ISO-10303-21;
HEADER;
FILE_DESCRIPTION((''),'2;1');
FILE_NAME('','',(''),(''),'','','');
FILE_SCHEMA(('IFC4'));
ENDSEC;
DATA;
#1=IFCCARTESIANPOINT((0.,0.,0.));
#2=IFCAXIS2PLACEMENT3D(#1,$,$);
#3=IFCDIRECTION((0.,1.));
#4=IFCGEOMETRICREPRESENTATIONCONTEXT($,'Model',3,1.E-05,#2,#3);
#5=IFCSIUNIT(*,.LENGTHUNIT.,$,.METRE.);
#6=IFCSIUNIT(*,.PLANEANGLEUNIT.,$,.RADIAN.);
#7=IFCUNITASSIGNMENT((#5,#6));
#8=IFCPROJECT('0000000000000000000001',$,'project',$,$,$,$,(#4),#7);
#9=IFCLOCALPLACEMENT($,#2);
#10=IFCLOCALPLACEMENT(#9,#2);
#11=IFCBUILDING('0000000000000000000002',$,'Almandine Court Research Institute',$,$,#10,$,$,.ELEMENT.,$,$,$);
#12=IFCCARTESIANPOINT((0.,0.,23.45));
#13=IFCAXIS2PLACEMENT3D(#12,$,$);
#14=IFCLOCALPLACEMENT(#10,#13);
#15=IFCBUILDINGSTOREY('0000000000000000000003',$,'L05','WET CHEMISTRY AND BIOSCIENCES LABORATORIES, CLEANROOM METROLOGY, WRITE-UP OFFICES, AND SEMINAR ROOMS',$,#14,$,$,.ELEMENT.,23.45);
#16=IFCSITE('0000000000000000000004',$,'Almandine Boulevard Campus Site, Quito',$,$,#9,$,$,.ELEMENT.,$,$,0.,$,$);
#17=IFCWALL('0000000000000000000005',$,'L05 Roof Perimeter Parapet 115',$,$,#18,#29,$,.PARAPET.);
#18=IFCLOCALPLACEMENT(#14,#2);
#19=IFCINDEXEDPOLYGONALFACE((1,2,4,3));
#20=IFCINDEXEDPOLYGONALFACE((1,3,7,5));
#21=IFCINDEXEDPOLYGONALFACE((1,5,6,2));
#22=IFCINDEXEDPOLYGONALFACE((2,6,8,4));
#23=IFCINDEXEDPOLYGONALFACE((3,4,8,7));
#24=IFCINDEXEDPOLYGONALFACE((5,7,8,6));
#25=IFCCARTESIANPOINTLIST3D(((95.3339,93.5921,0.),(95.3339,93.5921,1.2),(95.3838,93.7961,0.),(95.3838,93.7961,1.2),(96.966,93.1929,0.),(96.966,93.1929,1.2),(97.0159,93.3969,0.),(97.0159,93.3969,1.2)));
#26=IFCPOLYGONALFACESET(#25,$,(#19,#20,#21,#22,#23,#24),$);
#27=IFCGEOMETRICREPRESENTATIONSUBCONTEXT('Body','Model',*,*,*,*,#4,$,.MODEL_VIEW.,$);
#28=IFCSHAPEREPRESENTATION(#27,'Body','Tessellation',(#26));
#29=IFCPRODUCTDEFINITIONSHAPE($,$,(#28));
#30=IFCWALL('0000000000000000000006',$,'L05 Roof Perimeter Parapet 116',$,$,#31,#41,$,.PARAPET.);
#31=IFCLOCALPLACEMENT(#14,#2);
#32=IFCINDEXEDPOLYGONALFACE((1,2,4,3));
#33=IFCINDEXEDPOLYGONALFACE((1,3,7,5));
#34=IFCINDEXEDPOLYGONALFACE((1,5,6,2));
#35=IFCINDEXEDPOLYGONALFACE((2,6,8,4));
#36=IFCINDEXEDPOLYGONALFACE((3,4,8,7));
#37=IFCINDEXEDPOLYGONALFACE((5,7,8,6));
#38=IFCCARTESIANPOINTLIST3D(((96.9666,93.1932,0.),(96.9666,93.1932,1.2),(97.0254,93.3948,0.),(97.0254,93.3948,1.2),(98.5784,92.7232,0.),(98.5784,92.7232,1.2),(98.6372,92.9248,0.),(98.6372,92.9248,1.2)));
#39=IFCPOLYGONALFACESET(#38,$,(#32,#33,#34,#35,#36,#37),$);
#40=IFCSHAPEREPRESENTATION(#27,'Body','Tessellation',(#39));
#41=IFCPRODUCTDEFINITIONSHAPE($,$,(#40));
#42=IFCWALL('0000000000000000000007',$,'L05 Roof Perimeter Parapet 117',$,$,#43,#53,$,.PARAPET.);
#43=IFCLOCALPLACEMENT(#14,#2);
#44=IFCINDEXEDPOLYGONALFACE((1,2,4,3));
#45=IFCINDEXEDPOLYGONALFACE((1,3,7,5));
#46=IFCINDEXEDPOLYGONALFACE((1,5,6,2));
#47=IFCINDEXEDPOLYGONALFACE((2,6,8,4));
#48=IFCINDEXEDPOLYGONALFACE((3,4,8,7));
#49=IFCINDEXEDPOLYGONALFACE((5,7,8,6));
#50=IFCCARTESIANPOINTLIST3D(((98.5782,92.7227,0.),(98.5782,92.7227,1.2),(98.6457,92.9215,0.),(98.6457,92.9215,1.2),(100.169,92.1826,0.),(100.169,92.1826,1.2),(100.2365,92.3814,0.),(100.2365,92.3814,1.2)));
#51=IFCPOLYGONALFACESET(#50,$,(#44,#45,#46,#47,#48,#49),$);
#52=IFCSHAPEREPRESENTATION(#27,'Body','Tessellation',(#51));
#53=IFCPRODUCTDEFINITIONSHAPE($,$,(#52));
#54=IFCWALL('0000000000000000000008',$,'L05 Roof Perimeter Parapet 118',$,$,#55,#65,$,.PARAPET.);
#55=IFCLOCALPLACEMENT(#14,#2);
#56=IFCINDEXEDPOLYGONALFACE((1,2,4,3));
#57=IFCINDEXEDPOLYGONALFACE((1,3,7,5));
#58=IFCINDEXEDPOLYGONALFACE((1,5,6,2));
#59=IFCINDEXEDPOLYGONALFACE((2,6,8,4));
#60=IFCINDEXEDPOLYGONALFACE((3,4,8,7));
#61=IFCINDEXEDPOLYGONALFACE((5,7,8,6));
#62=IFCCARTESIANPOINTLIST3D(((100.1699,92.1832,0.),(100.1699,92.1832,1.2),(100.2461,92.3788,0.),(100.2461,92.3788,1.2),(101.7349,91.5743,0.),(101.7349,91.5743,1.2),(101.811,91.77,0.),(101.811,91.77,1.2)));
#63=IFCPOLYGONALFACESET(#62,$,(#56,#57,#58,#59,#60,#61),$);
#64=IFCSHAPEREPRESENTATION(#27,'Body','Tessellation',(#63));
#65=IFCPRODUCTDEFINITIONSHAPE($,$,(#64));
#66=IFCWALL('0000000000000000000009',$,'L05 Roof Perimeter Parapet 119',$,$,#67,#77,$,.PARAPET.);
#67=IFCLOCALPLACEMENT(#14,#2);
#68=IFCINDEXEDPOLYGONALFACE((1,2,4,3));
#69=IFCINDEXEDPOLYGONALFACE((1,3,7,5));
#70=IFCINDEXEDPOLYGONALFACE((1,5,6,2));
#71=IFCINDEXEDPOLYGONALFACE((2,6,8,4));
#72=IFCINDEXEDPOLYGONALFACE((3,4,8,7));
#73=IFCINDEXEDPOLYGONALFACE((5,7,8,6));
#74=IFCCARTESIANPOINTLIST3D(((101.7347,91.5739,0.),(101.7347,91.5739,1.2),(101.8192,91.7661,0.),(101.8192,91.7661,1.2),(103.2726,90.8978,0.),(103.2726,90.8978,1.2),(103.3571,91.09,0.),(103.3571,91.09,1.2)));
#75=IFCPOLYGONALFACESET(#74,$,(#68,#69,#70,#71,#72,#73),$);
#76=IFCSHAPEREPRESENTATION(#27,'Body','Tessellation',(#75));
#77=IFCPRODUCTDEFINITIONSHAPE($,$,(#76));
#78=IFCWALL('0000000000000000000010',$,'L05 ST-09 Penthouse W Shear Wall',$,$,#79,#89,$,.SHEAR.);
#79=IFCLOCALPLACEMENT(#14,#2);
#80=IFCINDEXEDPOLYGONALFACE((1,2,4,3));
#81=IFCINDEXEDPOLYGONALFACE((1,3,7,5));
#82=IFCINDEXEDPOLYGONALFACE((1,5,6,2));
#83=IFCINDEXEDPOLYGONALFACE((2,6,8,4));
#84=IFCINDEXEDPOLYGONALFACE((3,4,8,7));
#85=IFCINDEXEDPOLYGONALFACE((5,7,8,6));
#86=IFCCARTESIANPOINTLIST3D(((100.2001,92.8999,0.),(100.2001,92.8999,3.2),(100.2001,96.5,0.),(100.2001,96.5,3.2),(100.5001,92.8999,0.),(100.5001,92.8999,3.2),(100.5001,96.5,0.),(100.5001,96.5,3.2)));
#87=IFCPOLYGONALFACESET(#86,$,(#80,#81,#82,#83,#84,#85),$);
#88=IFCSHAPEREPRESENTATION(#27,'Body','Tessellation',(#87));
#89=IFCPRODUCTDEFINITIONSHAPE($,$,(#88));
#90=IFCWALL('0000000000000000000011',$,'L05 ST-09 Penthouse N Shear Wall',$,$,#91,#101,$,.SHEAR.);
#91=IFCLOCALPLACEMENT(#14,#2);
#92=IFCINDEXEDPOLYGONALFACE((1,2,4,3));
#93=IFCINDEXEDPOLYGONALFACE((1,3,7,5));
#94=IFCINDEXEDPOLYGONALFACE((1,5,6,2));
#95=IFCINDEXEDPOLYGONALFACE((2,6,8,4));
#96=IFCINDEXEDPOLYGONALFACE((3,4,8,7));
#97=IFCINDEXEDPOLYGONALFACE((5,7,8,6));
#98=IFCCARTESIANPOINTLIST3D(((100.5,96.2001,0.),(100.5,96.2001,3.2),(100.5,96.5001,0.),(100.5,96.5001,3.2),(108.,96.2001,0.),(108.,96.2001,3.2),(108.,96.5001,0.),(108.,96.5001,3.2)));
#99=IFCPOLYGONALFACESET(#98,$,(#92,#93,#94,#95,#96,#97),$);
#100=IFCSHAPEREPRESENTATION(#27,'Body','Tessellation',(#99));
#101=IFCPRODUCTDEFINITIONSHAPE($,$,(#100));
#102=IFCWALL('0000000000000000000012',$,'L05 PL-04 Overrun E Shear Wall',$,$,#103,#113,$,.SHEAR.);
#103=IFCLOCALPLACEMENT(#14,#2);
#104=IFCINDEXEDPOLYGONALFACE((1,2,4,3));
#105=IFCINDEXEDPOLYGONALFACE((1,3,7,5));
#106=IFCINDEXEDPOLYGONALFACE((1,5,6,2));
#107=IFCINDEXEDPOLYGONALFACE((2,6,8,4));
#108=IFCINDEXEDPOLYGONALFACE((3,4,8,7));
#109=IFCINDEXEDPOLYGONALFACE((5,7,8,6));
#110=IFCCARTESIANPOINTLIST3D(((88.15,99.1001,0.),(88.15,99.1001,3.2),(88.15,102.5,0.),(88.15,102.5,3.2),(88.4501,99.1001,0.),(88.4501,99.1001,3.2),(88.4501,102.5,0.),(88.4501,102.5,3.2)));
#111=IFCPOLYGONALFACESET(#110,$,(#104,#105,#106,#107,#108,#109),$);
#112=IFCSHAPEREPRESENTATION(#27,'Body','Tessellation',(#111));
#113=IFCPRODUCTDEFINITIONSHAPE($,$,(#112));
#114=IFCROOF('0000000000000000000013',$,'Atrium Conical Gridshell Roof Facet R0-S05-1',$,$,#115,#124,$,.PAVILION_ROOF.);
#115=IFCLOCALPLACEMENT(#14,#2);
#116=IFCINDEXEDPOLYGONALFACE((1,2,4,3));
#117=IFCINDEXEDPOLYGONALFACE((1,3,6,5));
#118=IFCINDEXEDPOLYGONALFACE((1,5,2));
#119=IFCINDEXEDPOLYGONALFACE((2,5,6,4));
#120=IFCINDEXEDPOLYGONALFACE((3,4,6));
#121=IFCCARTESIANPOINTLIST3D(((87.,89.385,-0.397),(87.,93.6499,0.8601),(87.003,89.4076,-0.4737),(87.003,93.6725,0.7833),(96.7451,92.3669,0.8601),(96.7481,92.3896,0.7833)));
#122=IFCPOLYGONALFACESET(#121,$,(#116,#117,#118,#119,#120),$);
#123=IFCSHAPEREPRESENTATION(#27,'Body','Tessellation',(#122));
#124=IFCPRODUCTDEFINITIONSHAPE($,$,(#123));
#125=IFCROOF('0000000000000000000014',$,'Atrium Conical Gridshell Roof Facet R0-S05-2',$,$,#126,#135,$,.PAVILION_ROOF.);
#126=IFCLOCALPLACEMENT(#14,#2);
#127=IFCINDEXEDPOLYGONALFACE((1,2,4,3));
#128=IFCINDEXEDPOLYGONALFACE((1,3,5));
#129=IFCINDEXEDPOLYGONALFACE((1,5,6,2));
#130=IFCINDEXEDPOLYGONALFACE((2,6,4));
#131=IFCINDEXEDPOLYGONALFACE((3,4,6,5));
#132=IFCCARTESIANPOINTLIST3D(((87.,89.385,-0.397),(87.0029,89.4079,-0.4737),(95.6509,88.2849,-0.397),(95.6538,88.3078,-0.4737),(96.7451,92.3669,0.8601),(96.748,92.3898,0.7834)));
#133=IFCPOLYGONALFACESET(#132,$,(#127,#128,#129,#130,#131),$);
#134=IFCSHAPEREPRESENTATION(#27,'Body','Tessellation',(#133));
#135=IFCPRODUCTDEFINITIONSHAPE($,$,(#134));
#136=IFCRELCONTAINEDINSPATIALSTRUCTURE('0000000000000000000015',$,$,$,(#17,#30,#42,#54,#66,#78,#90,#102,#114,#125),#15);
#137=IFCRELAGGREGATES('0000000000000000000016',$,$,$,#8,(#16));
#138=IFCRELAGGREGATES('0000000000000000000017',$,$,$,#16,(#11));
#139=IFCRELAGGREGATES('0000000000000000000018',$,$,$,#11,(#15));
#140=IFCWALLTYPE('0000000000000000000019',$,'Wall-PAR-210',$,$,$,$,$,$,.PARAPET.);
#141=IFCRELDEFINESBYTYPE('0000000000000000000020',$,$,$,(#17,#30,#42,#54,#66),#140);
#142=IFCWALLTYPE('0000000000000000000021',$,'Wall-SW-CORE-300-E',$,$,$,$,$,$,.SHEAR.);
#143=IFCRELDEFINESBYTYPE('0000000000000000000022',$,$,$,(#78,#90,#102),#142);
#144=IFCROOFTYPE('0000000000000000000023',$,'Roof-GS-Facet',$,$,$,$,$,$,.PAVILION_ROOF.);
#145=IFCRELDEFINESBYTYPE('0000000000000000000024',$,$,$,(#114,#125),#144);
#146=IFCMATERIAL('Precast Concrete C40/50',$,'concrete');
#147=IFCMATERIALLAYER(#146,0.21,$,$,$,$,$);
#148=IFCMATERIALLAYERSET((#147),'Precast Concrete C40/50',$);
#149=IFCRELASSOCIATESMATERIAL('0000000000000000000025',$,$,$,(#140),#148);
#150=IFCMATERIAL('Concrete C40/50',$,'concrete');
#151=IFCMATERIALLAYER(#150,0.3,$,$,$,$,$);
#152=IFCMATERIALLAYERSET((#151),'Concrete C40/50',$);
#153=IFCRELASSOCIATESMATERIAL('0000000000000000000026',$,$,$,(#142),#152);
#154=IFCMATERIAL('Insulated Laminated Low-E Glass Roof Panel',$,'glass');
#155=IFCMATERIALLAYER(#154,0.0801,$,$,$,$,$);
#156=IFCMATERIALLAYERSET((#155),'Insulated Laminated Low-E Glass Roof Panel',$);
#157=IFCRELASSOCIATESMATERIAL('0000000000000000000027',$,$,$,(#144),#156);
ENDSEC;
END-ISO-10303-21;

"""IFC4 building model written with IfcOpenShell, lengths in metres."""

from ifc_helpers import new_model, si_unit, direction, frame, frame_2d, origin, place, context, subcontext, project, spatial, polyline, rectangle, outline, extrude, material, layer, layer_set, type_object, element, save


model = new_model("IFC4")

# Units and contexts
model_context = context("Model", 3, precision=1e-05, world=origin(), true_north=direction((0.0, 1.0)))
body_context = subcontext(model_context, "Body", "Model", "MODEL_VIEW")
ifc_project = project(units=[si_unit("LENGTHUNIT", "METRE"), si_unit("PLANEANGLEUNIT", "RADIAN")], contexts=[model_context])

# Site, building, storey
site_placement = place(None, origin())
site = spatial("IfcSite", under=ifc_project, at=site_placement, Name="Almandine Boulevard Campus Site, Quito", CompositionType="ELEMENT", RefElevation=0.0)
building_placement = place(site_placement, origin())
building = spatial("IfcBuilding", under=site, at=building_placement, Name="Almandine Court Research Institute", CompositionType="ELEMENT")
storey_placement = place(building_placement, frame((0.0, 0.0, 23.45)))
storey = spatial("IfcBuildingStorey", under=building, at=storey_placement, Name="L05", Description="WET CHEMISTRY AND BIOSCIENCES LABORATORIES, CLEANROOM METROLOGY, WRITE-UP OFFICES, AND SEMINAR ROOMS", CompositionType="ELEMENT", Elevation=23.45)

# Walls
ifc_material_1 = material(Name="Precast Concrete C40/50", Category="concrete")
ifc_layer_1 = layer(ifc_material_1, 0.21)
ifc_layer_set_1 = layer_set([ifc_layer_1], Name="Precast Concrete C40/50")
wall_type_1 = type_object("IfcWallType", Name="Wall-PAR-210", PredefinedType="PARAPET", material=ifc_layer_set_1)
for number, where, z_axis, x_axis, name in (
    (1, (95.3589, 93.6941, 0.0), (0.0, 0.0, 1.0), (0.971369, -0.237575, 0.0), "L05 Roof Perimeter Parapet 115"),
):
    element("IfcWall", number, at=place(storey_placement, frame(where, z_axis=z_axis, x_axis=x_axis)), inside=storey, type_object=wall_type_1, Name=name, PredefinedType="PARAPET", context=body_context, shape_type="SweptSolid", body=[
        extrude(rectangle(XDim=1.6802, YDim=0.21, at=frame_2d((0.8401, 0.0))), origin(), (0.0, 0.0, 1.0), 1.2),
    ])
wall_1_placement = place(storey_placement, frame((96.9961, 93.2939, 0.0), z_axis=(0.0, 0.0, 1.0), x_axis=(0.960023, -0.279922, 0.0)))
element("IfcWall", 2, at=wall_1_placement, inside=storey, type_object=wall_type_1, Name="L05 Roof Perimeter Parapet 116", PredefinedType="PARAPET", context=body_context, shape_type="SweptSolid", body=[
    extrude(rectangle(XDim=1.679, YDim=0.21, at=frame_2d((0.8394, 0.0))), origin(), (0.0, 0.0, 1.0), 1.2),
])
wall_2_placement = place(storey_placement, frame((98.6121, 92.822, 0.0), z_axis=(0.0, 0.0, 1.0), x_axis=(0.946925, -0.321455, 0.0)))
element("IfcWall", 3, at=wall_2_placement, inside=storey, type_object=wall_type_1, Name="L05 Roof Perimeter Parapet 117", PredefinedType="PARAPET", context=body_context, shape_type="SweptSolid", body=[
    extrude(rectangle(XDim=1.6799, YDim=0.21, at=frame_2d((0.8398, 0.0))), origin(), (0.0, 0.0, 1.0), 1.2),
])
wall_3_placement = place(storey_placement, frame((100.208, 92.281, 0.0), z_axis=(0.0, 0.0, 1.0), x_axis=(0.931945, -0.362601, 0.0)))
element("IfcWall", 4, at=wall_3_placement, inside=storey, type_object=wall_type_1, Name="L05 Roof Perimeter Parapet 118", PredefinedType="PARAPET", context=body_context, shape_type="SweptSolid", body=[
    extrude(rectangle(XDim=1.6792, YDim=0.21, at=frame_2d((0.8396, 0.0))), origin(), (0.0, 0.0, 1.0), 1.2),
])
wall_4_placement = place(storey_placement, frame((101.7771, 91.6699, 0.0), z_axis=(0.0, 0.0, 1.0), x_axis=(0.915452, -0.402427, 0.0)))
element("IfcWall", 5, at=wall_4_placement, inside=storey, type_object=wall_type_1, Name="L05 Roof Perimeter Parapet 119", PredefinedType="PARAPET", context=body_context, shape_type="SweptSolid", body=[
    extrude(rectangle(XDim=1.6799, YDim=0.21, at=frame_2d((0.8398, 0.0))), origin(), (0.0, 0.0, 1.0), 1.2),
])
ifc_material_2 = material(Name="Concrete C40/50", Category="concrete")
ifc_layer_2 = layer(ifc_material_2, 0.3)
ifc_layer_set_2 = layer_set([ifc_layer_2], Name="Concrete C40/50")
wall_type_2 = type_object("IfcWallType", Name="Wall-SW-CORE-300-E", PredefinedType="SHEAR", material=ifc_layer_set_2)
wall_5_placement = place(storey_placement, frame((100.3501, 92.8999, 0.0), z_axis=(0.0, 0.0, 1.0), x_axis=(0.0, 1.0, 0.0)))
element("IfcWall", 6, at=wall_5_placement, inside=storey, type_object=wall_type_2, Name="L05 ST-09 Penthouse W Shear Wall", PredefinedType="SHEAR", context=body_context, shape_type="SweptSolid", body=[
    extrude(rectangle(XDim=3.6001, YDim=0.3, at=frame_2d((1.8, 0.0))), origin(), (0.0, 0.0, 1.0), 3.2),
])
wall_6_placement = place(storey_placement, frame((100.5, 96.3501, 0.0), z_axis=(0.0, 0.0, 1.0), x_axis=(1.0, 0.0, 0.0)))
element("IfcWall", 7, at=wall_6_placement, inside=storey, type_object=wall_type_2, Name="L05 ST-09 Penthouse N Shear Wall", PredefinedType="SHEAR", context=body_context, shape_type="SweptSolid", body=[
    extrude(rectangle(XDim=7.5, YDim=0.3, at=frame_2d((3.75, 0.0))), origin(), (0.0, 0.0, 1.0), 3.2),
])
wall_7_placement = place(storey_placement, frame((88.3, 102.5, 0.0), z_axis=(0.0, 0.0, 1.0), x_axis=(0.0, -1.0, 0.0)))
element("IfcWall", 8, at=wall_7_placement, inside=storey, type_object=wall_type_2, Name="L05 PL-04 Overrun E Shear Wall", PredefinedType="SHEAR", context=body_context, shape_type="SweptSolid", body=[
    extrude(rectangle(XDim=3.3999, YDim=0.3, at=frame_2d((1.7, 0.0))), origin(), (0.0, 0.0, 1.0), 3.2),
])

# Roofs
ifc_material_3 = material(Name="Insulated Laminated Low-E Glass Roof Panel", Category="glass")
ifc_layer_3 = layer(ifc_material_3, 0.0801)
ifc_layer_set_3 = layer_set([ifc_layer_3], Name="Insulated Laminated Low-E Glass Roof Panel")
roof_type = type_object("IfcRoofType", Name="Roof-GS-Facet", PredefinedType="PAVILION_ROOF", material=ifc_layer_set_3)
roof_1_placement = place(storey_placement, frame((96.7451, 92.3669, 0.8601), z_axis=(-0.037195, -0.28253, 0.958537), x_axis=(-0.991445, 0.130525, 0.0)))
element("IfcRoof", 9, at=roof_1_placement, inside=storey, type_object=roof_type, Name="Atrium Conical Gridshell Roof Facet R0-S05-1", PredefinedType="PAVILION_ROOF", context=body_context, shape_type="SweptSolid", body=[
    extrude(outline(polyline([(0.0, 0.0), (9.8292, 0.0), (9.2725, 4.4113), (0.0, 0.0)])), origin(), (0.0, 0.0, -1.0), 0.0801),
])
roof_2_placement = place(storey_placement, frame((96.7451, 92.3669, 0.8601), z_axis=(-0.036271, -0.285228, 0.957773), x_axis=(-0.949042, -0.2904, -0.122423)))
element("IfcRoof", 10, at=roof_2_placement, inside=storey, type_object=roof_type, Name="Atrium Conical Gridshell Roof Facet R0-S05-2", PredefinedType="PAVILION_ROOF", context=body_context, shape_type="SweptSolid", body=[
    extrude(outline(polyline([(0.0, 0.0), (10.2684, 0.0), (2.3778, 3.713), (0.0, 0.0)])), origin(), (0.0, 0.0, -1.0), 0.0801),
])

save(model, "model.ifc")
